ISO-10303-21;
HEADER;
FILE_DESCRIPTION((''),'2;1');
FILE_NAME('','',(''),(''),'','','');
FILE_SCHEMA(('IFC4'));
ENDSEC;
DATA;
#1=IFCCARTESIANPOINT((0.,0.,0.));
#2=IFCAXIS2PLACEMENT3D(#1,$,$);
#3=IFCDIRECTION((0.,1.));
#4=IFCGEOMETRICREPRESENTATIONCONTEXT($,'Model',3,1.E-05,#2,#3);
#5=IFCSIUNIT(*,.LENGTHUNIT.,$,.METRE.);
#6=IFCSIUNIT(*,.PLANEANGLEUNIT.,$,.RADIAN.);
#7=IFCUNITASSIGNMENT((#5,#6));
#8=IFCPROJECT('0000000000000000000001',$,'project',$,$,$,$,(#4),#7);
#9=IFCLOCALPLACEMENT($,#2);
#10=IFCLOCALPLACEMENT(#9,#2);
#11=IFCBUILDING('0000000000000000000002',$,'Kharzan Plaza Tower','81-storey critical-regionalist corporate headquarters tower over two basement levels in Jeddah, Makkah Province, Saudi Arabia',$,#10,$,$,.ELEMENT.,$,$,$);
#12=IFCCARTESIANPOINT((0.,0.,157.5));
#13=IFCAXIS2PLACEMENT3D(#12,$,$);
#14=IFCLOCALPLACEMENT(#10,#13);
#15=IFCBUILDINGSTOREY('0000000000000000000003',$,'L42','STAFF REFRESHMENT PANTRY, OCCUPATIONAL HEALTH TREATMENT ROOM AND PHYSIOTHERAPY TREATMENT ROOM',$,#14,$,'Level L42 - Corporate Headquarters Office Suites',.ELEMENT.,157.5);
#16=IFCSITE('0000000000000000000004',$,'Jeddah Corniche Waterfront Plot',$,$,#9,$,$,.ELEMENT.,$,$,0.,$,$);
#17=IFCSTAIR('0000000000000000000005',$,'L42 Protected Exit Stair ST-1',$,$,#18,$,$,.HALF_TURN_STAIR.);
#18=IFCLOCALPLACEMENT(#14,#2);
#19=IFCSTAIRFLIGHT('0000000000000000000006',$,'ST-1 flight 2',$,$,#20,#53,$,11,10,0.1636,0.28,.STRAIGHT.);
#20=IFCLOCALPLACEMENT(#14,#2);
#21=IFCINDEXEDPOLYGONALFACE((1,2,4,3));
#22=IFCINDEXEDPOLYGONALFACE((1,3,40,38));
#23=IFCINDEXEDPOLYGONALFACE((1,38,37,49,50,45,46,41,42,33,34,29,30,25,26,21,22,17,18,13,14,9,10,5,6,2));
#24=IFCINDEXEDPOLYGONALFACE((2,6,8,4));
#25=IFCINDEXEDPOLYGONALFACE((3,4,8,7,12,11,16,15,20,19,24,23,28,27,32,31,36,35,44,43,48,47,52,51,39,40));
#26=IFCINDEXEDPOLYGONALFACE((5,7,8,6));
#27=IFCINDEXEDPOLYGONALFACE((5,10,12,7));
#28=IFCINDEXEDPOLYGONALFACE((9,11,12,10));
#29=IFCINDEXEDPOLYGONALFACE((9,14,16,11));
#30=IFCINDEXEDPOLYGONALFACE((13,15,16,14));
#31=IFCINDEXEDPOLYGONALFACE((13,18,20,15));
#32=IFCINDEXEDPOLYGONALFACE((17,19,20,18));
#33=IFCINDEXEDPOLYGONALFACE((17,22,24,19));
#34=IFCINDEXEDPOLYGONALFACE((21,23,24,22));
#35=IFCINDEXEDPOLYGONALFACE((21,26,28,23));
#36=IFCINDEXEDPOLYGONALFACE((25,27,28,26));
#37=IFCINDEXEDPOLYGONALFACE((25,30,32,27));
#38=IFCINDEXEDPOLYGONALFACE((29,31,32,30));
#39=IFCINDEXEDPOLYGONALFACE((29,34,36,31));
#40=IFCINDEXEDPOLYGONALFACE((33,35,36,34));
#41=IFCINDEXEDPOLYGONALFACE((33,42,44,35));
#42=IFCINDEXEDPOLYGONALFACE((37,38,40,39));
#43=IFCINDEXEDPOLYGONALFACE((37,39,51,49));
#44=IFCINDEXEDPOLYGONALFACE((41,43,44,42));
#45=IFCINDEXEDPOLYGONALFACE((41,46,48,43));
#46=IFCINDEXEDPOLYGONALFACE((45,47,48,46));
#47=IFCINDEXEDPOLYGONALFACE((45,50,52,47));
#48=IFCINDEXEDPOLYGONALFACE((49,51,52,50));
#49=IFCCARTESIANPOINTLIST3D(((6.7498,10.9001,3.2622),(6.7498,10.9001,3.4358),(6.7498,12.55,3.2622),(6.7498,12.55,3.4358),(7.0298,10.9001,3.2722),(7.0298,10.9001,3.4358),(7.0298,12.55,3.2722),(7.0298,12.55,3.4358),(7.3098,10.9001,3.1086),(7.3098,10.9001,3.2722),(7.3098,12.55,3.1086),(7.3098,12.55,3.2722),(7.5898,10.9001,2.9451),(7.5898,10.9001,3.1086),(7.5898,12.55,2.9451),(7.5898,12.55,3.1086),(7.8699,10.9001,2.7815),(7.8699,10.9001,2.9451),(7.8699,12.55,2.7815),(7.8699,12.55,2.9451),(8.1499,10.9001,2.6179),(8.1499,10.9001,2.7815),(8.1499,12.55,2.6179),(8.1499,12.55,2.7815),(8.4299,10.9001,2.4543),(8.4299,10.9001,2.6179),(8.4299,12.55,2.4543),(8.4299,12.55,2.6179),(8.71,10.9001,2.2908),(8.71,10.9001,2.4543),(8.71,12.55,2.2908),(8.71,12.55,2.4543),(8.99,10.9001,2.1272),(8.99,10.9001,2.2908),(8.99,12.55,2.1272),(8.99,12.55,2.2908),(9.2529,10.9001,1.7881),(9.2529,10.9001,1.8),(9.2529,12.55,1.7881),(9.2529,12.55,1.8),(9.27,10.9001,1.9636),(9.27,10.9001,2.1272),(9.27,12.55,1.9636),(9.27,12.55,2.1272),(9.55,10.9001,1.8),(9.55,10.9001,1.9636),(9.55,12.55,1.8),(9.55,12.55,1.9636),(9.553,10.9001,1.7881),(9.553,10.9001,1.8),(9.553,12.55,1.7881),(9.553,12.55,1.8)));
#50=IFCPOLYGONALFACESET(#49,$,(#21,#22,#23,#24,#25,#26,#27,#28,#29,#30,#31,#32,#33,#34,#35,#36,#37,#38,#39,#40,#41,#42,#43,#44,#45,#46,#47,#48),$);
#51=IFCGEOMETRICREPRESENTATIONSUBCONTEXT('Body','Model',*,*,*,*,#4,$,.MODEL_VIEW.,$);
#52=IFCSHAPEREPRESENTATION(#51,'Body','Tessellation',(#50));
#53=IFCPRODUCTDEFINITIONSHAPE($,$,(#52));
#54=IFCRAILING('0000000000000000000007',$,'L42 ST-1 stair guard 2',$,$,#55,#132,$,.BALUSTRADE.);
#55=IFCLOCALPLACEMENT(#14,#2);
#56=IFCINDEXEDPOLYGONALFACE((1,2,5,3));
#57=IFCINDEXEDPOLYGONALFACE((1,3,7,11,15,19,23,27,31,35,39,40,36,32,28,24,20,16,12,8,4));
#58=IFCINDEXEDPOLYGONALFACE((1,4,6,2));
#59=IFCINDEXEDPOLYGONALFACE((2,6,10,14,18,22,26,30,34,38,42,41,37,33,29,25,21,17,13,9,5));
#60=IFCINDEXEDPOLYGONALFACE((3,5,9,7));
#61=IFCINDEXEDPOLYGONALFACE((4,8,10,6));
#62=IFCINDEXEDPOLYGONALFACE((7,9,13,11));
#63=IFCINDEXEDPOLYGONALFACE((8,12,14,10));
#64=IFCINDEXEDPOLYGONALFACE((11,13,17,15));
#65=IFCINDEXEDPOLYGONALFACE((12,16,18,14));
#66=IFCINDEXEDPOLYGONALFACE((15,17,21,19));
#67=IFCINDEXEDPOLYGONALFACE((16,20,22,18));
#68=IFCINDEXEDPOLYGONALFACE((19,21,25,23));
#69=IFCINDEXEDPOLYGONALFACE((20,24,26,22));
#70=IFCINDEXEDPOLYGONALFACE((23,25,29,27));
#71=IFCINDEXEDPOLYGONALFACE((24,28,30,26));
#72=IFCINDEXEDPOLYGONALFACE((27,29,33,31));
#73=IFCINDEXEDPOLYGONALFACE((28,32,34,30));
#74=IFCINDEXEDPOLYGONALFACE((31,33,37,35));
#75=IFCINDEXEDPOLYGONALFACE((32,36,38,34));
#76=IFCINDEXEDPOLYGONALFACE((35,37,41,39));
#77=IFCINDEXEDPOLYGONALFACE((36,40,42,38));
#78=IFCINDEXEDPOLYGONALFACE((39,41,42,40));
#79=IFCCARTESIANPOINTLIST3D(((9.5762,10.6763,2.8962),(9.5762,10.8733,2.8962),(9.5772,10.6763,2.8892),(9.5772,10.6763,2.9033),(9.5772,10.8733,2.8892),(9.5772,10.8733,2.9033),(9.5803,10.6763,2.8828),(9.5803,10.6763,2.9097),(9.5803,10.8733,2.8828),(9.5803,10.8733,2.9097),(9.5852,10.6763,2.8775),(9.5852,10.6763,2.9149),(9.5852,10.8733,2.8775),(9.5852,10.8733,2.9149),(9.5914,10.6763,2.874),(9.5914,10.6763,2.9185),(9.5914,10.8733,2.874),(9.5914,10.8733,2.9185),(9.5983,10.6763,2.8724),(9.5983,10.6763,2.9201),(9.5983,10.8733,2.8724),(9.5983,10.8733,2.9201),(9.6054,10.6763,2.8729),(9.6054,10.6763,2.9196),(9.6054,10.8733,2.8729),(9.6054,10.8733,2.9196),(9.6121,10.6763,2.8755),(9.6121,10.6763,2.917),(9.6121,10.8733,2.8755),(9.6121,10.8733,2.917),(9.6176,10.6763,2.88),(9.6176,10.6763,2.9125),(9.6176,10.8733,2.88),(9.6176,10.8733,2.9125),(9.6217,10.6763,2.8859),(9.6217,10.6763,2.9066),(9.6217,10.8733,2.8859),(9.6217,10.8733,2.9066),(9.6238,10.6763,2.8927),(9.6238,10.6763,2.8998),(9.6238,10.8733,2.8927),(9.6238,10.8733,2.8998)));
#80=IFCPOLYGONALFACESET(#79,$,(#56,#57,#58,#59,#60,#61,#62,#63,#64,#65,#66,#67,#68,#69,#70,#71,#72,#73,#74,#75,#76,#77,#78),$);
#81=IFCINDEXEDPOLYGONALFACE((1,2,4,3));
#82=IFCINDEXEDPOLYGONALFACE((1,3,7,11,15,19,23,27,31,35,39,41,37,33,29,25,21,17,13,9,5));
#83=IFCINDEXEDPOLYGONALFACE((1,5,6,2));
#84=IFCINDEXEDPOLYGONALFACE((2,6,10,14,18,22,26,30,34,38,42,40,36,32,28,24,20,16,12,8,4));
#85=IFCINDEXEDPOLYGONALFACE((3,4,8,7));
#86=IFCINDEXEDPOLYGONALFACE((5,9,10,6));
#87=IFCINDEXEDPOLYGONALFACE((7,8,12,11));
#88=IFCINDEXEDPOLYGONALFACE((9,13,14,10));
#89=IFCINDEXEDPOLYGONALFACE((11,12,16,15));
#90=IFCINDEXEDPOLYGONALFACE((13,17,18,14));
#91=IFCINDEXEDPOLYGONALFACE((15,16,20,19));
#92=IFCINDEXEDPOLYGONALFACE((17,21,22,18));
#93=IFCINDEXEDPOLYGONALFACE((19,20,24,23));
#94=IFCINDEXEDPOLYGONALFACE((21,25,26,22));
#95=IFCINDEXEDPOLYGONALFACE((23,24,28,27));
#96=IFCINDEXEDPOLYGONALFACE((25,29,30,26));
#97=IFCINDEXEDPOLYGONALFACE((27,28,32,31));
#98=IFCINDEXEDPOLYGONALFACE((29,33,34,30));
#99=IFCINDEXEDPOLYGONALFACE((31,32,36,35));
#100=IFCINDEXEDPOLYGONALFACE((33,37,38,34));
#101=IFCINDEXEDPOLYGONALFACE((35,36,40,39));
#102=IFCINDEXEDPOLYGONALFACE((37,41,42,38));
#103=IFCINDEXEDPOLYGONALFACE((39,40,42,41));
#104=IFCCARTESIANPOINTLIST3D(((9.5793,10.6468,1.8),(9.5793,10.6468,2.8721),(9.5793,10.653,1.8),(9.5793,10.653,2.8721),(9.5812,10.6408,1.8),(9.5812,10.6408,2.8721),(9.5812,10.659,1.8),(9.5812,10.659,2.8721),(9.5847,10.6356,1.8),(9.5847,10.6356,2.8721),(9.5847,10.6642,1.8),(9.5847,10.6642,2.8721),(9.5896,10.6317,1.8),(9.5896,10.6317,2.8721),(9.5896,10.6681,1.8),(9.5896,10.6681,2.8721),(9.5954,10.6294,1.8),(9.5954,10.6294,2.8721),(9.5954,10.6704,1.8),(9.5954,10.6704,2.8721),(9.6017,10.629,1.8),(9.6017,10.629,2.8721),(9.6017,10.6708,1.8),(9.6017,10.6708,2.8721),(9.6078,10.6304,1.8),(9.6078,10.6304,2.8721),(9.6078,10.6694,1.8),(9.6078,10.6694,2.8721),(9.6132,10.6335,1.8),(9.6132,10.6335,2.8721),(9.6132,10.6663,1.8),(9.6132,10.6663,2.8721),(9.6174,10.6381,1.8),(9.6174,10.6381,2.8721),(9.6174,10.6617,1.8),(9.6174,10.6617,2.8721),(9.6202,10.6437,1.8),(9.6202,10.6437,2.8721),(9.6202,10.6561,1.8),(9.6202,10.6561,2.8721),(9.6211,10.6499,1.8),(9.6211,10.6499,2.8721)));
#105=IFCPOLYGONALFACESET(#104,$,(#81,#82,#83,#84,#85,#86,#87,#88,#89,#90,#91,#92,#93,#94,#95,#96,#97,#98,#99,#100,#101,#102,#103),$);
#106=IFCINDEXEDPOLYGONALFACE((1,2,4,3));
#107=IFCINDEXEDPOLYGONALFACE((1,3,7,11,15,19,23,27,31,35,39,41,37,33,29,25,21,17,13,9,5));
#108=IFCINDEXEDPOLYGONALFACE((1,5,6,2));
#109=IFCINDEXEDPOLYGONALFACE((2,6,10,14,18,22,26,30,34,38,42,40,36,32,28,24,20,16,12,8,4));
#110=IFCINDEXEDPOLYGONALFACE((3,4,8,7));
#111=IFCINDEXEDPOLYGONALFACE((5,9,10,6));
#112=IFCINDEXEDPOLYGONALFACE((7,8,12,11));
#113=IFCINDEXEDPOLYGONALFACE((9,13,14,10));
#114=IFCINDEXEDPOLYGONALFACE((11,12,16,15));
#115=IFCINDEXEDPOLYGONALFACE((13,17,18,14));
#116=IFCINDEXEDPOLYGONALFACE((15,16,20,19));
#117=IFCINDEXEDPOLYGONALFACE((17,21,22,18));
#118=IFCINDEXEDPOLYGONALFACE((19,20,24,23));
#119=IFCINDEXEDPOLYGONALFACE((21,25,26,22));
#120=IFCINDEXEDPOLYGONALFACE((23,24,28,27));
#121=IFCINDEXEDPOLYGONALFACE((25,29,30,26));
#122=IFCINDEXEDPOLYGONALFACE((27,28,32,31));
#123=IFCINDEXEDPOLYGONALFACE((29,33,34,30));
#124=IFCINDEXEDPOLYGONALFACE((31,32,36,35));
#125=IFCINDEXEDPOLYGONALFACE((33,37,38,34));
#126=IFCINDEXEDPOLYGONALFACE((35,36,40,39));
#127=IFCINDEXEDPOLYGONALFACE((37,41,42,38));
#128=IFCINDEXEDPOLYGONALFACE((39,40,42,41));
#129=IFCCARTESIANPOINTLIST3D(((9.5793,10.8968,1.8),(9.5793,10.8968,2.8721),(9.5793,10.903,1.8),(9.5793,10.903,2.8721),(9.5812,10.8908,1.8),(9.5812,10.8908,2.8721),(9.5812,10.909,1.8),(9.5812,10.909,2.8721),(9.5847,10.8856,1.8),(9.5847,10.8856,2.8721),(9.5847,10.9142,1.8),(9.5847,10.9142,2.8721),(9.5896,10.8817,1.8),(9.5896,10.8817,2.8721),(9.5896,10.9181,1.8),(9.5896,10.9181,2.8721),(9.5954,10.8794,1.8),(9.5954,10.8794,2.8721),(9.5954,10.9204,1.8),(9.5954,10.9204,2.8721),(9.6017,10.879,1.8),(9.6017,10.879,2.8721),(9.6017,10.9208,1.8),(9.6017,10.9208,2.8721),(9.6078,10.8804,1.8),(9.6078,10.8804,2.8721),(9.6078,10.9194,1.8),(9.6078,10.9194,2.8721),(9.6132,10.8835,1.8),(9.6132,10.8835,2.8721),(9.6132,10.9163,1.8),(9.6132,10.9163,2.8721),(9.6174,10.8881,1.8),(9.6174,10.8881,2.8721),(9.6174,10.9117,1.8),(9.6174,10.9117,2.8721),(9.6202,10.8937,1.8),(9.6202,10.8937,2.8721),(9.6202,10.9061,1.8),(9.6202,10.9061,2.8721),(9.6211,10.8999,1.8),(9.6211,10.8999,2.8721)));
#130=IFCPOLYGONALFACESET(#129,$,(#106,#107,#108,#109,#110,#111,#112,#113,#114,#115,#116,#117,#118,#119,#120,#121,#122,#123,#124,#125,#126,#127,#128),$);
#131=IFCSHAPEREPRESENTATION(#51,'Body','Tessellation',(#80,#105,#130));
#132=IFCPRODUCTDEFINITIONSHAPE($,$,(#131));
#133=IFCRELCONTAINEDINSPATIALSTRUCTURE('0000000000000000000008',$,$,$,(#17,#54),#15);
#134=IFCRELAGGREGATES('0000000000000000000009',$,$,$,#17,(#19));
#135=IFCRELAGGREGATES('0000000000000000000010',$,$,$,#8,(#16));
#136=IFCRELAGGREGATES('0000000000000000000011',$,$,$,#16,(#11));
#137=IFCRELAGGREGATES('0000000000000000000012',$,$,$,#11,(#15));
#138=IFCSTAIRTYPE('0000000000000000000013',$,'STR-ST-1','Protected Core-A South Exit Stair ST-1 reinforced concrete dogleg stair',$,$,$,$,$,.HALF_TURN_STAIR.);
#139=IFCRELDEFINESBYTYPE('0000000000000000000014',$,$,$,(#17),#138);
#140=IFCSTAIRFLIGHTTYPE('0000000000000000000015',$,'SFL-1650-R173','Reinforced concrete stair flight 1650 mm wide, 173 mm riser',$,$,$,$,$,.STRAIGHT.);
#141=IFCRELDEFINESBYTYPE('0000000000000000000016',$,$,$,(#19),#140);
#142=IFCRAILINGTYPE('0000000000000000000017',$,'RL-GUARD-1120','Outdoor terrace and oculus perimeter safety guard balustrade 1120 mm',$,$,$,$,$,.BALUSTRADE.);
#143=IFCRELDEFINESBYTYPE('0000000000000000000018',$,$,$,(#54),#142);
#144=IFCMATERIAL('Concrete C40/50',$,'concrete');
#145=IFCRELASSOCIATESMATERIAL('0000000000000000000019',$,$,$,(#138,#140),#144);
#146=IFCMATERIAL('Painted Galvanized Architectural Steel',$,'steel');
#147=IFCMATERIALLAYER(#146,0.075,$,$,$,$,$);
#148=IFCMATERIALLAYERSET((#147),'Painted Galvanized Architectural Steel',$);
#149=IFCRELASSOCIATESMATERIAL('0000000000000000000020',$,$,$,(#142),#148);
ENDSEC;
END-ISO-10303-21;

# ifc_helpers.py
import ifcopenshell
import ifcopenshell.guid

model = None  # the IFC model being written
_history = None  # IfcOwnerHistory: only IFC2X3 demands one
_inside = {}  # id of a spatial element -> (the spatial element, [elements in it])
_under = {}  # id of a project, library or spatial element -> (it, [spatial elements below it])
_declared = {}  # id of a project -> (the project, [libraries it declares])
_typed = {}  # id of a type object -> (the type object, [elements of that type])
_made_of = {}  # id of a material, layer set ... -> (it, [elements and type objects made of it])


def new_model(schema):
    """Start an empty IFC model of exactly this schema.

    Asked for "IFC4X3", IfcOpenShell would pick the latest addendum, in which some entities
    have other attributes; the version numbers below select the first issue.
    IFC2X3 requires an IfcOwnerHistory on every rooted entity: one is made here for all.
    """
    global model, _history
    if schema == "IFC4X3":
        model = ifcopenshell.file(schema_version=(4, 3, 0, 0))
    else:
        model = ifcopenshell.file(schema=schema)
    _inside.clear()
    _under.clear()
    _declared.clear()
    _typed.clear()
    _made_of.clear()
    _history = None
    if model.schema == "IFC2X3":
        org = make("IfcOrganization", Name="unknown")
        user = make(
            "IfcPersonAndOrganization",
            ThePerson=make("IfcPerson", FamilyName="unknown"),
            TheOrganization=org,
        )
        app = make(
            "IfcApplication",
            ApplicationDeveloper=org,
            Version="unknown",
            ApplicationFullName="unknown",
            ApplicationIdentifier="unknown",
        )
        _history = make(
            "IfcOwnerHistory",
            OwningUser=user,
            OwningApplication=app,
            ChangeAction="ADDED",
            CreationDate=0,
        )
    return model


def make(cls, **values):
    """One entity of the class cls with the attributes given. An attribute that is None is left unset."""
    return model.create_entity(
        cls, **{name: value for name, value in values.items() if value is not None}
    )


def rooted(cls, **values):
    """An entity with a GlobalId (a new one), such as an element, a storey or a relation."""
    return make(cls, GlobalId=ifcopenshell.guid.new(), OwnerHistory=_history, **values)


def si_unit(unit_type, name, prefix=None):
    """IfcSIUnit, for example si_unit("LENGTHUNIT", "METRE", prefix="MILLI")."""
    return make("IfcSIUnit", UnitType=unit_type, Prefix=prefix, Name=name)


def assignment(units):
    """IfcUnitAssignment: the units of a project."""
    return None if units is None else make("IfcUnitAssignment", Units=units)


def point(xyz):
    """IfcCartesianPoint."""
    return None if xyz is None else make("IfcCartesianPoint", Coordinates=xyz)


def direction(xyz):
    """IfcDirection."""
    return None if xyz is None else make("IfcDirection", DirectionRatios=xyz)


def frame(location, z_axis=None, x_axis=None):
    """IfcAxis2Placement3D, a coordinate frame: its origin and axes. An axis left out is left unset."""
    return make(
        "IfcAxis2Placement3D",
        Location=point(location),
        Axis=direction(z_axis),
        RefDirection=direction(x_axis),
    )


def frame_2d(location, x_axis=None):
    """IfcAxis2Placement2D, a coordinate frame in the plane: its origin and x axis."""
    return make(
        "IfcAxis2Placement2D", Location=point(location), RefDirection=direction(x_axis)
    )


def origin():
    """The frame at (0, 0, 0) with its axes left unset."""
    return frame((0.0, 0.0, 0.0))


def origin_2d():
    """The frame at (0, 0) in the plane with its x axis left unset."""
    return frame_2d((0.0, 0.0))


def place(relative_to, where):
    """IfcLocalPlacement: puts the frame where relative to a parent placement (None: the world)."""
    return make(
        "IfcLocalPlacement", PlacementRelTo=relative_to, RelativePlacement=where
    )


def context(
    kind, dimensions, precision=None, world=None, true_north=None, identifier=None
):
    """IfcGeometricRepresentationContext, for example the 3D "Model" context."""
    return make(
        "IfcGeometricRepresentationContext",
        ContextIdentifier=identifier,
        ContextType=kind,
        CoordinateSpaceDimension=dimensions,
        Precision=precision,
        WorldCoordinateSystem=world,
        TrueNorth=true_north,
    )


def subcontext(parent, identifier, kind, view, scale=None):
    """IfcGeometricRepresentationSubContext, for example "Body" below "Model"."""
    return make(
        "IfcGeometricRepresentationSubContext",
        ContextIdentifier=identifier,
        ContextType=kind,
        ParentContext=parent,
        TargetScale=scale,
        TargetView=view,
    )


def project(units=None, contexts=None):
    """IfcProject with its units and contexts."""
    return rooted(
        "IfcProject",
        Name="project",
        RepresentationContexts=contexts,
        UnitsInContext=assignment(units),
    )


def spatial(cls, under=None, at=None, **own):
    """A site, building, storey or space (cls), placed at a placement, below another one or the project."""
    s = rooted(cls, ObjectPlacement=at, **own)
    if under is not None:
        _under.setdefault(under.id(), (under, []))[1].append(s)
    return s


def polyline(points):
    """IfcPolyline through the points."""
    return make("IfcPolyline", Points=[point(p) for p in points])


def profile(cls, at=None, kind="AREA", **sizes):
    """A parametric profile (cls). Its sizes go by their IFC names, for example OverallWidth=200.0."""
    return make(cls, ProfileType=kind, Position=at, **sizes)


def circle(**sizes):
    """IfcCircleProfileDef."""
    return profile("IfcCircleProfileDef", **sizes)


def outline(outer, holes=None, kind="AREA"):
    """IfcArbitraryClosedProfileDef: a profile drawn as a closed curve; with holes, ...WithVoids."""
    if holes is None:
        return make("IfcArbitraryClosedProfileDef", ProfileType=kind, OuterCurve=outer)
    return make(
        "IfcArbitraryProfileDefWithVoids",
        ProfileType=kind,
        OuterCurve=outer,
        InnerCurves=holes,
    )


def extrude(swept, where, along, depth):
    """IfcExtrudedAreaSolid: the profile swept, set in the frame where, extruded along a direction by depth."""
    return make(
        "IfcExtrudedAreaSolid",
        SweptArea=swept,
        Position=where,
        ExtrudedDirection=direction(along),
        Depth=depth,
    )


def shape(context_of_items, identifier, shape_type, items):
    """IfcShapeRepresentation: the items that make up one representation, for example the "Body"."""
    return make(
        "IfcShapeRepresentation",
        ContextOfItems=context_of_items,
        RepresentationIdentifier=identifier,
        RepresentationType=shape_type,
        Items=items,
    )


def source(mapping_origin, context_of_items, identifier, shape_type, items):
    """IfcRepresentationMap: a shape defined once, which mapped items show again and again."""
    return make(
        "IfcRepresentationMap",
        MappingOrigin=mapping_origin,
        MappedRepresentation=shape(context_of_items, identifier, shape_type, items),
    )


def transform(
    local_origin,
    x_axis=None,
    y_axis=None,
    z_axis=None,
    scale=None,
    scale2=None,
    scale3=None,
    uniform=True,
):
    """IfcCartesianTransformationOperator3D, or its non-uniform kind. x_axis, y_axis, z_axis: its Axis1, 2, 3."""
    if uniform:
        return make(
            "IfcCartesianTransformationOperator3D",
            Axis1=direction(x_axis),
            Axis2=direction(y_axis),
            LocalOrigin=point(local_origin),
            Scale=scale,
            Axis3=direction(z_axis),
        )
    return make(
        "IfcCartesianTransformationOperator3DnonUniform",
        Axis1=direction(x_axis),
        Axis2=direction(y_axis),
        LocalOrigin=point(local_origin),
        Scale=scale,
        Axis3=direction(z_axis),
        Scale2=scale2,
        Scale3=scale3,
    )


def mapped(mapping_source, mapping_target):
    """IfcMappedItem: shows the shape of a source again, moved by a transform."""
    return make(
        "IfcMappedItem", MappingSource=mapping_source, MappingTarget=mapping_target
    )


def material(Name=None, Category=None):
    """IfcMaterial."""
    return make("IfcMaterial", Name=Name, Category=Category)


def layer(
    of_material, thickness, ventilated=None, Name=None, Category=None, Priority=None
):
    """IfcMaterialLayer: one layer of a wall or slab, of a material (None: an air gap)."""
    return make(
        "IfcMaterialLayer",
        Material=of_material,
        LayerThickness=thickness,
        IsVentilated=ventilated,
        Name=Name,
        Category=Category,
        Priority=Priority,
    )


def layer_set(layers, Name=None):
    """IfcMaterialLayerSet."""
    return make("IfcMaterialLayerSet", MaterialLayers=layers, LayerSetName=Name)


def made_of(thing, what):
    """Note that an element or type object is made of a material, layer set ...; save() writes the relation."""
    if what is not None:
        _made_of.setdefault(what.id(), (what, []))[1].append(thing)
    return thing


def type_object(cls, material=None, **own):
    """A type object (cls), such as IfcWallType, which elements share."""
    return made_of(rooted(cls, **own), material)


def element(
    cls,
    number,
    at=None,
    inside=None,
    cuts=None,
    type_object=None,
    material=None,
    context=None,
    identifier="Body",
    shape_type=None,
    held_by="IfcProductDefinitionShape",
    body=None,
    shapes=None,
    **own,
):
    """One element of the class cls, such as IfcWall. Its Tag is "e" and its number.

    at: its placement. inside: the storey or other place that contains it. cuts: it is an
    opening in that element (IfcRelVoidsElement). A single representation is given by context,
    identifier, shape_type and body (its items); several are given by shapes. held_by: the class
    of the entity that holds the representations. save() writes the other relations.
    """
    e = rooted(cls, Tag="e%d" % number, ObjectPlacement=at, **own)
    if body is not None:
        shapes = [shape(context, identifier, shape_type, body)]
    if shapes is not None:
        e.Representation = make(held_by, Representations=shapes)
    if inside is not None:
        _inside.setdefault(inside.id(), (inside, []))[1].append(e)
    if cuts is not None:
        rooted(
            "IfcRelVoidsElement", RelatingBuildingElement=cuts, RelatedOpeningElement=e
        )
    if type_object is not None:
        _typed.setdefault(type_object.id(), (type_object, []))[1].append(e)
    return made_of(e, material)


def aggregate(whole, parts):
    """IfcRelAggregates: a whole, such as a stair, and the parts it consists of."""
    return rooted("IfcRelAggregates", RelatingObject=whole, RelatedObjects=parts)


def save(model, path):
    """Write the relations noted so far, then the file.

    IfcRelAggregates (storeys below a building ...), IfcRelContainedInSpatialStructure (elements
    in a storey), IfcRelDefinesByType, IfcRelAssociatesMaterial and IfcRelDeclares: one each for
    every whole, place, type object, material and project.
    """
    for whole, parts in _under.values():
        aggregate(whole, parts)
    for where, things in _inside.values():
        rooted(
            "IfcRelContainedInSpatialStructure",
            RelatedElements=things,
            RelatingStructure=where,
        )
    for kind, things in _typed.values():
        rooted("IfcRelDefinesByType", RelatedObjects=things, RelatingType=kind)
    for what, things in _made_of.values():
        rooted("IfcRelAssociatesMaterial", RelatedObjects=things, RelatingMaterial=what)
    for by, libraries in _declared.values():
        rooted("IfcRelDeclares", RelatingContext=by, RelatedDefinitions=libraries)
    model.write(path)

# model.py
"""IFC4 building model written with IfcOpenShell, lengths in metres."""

from ifc_helpers import new_model, si_unit, direction, frame, origin, origin_2d, place, context, subcontext, project, spatial, polyline, circle, outline, extrude, source, transform, mapped, material, layer, layer_set, type_object, element, aggregate, save


model = new_model("IFC4")

# Units and contexts
model_context = context("Model", 3, precision=1e-05, world=origin(), true_north=direction((0.0, 1.0)))
body_context = subcontext(model_context, "Body", "Model", "MODEL_VIEW")
ifc_project = project(units=[si_unit("LENGTHUNIT", "METRE"), si_unit("PLANEANGLEUNIT", "RADIAN")], contexts=[model_context])

# Site, building, storey
site_placement = place(None, origin())
site = spatial("IfcSite", under=ifc_project, at=site_placement, Name="Jeddah Corniche Waterfront Plot", CompositionType="ELEMENT", RefElevation=0.0)
building_placement = place(site_placement, origin())
building = spatial("IfcBuilding", under=site, at=building_placement, Name="Kharzan Plaza Tower", Description="81-storey critical-regionalist corporate headquarters tower over two basement levels in Jeddah, Makkah Province, Saudi Arabia", CompositionType="ELEMENT")
storey_placement = place(building_placement, frame((0.0, 0.0, 157.5)))
storey = spatial("IfcBuildingStorey", under=building, at=storey_placement, Name="L42", Description="STAFF REFRESHMENT PANTRY, OCCUPATIONAL HEALTH TREATMENT ROOM AND PHYSIOTHERAPY TREATMENT ROOM", LongName="Level L42 - Corporate Headquarters Office Suites", CompositionType="ELEMENT", Elevation=157.5)

# Shared definitions
ifc_material_1 = material(Name="Concrete C40/50", Category="concrete")

# Stair, stair flight
stair_type = type_object("IfcStairType", Name="STR-ST-1", Description="Protected Core-A South Exit Stair ST-1 reinforced concrete dogleg stair", PredefinedType="HALF_TURN_STAIR", material=ifc_material_1)
stair_placement = place(storey_placement, origin())
stair = element("IfcStair", 1, at=stair_placement, inside=storey, type_object=stair_type, Name="L42 Protected Exit Stair ST-1", PredefinedType="HALF_TURN_STAIR")
stair_flight_type = type_object("IfcStairFlightType", Name="SFL-1650-R173", Description="Reinforced concrete stair flight 1650 mm wide, 173 mm riser", PredefinedType="STRAIGHT", material=ifc_material_1)
shared_shape_1 = source(origin(), body_context, "Body", "SweptSolid", [
    extrude(outline(polyline([(-0.0029, -0.012), (-0.0029, 0.0), (0.0, 0.0), (0.0, 0.1636), (0.28, 0.1636), (0.28, 0.3271), (0.5601, 0.3271), (0.5601, 0.4907), (0.8401, 0.4907), (0.8401, 0.6543), (1.1201, 0.6543), (1.1201, 0.8179), (1.4001, 0.8179), (1.4001, 0.9814), (1.6802, 0.9814), (1.6802, 1.145), (1.9602, 1.145), (1.9602, 1.3086), (2.2402, 1.3086), (2.2402, 1.4722), (2.5203, 1.4722), (2.5203, 1.6357), (2.8003, 1.6357), (2.8003, 1.7993), (2.8003, 1.4622), (0.2971, 0.0), (0.2971, -0.012), (-0.0029, -0.012)])), frame((0.0, 0.825, 0.0), z_axis=(0.0, -1.0, 0.0), x_axis=(1.0, 0.0, 0.0)), (0.0, 0.0, 1.0), 1.6499),
])
stair_flight_placement = place(storey_placement, frame((9.55, 11.7251, 1.8), z_axis=(0.0, 0.0, 1.0), x_axis=(-1.0, 0.0, 0.0)))
stair_flight = element("IfcStairFlight", 2, at=stair_flight_placement, type_object=stair_flight_type, Name="ST-1 flight 2", NumberOfRisers=11, NumberOfTreads=10, PredefinedType="STRAIGHT", RiserHeight=0.1636, TreadLength=0.28, context=body_context, shape_type="MappedRepresentation", body=[
    mapped(shared_shape_1, transform((0.0, 0.0, 0.0), x_axis=(1.0, 0.0, 0.0), y_axis=(0.0, 1.0, 0.0), z_axis=(0.0, 0.0, 1.0))),
])
aggregate(stair, [stair_flight])

# Railing
ifc_material_2 = material(Name="Painted Galvanized Architectural Steel", Category="steel")
ifc_layer_1 = layer(ifc_material_2, 0.075)
ifc_layer_set_1 = layer_set([ifc_layer_1], Name="Painted Galvanized Architectural Steel")
railing_type_1 = type_object("IfcRailingType", Name="RL-GUARD-1120", Description="Outdoor terrace and oculus perimeter safety guard balustrade 1120 mm", PredefinedType="BALUSTRADE", material=ifc_layer_set_1)
shared_shape_2 = source(origin(), body_context, "Body", "SweptSolid", [
    extrude(circle(Radius=0.0239, at=origin_2d()), frame((0.0, 0.0264, 1.0962), z_axis=(0.0, 1.0, 0.0), x_axis=(-1.0, 0.0, 0.0)), (0.0, 0.0, 1.0), 0.197),
    extrude(circle(Radius=0.021, at=origin_2d()), origin(), (0.0, 0.0, 1.0), 1.072),
    extrude(circle(Radius=0.021, at=origin_2d()), frame((0.0, 0.25, 0.0)), (0.0, 0.0, 1.0), 1.072),
])
railing_1_placement = place(storey_placement, frame((9.6001, 10.6499, 1.8)))
element("IfcRailing", 3, at=railing_1_placement, inside=storey, type_object=railing_type_1, Name="L42 ST-1 stair guard 2", PredefinedType="BALUSTRADE", context=body_context, shape_type="MappedRepresentation", body=[
    mapped(shared_shape_2, transform((0.0, 0.0, 0.0), x_axis=(1.0, 0.0, 0.0), y_axis=(0.0, 1.0, 0.0), z_axis=(0.0, 0.0, 1.0))),
])

save(model, "model.ifc")
